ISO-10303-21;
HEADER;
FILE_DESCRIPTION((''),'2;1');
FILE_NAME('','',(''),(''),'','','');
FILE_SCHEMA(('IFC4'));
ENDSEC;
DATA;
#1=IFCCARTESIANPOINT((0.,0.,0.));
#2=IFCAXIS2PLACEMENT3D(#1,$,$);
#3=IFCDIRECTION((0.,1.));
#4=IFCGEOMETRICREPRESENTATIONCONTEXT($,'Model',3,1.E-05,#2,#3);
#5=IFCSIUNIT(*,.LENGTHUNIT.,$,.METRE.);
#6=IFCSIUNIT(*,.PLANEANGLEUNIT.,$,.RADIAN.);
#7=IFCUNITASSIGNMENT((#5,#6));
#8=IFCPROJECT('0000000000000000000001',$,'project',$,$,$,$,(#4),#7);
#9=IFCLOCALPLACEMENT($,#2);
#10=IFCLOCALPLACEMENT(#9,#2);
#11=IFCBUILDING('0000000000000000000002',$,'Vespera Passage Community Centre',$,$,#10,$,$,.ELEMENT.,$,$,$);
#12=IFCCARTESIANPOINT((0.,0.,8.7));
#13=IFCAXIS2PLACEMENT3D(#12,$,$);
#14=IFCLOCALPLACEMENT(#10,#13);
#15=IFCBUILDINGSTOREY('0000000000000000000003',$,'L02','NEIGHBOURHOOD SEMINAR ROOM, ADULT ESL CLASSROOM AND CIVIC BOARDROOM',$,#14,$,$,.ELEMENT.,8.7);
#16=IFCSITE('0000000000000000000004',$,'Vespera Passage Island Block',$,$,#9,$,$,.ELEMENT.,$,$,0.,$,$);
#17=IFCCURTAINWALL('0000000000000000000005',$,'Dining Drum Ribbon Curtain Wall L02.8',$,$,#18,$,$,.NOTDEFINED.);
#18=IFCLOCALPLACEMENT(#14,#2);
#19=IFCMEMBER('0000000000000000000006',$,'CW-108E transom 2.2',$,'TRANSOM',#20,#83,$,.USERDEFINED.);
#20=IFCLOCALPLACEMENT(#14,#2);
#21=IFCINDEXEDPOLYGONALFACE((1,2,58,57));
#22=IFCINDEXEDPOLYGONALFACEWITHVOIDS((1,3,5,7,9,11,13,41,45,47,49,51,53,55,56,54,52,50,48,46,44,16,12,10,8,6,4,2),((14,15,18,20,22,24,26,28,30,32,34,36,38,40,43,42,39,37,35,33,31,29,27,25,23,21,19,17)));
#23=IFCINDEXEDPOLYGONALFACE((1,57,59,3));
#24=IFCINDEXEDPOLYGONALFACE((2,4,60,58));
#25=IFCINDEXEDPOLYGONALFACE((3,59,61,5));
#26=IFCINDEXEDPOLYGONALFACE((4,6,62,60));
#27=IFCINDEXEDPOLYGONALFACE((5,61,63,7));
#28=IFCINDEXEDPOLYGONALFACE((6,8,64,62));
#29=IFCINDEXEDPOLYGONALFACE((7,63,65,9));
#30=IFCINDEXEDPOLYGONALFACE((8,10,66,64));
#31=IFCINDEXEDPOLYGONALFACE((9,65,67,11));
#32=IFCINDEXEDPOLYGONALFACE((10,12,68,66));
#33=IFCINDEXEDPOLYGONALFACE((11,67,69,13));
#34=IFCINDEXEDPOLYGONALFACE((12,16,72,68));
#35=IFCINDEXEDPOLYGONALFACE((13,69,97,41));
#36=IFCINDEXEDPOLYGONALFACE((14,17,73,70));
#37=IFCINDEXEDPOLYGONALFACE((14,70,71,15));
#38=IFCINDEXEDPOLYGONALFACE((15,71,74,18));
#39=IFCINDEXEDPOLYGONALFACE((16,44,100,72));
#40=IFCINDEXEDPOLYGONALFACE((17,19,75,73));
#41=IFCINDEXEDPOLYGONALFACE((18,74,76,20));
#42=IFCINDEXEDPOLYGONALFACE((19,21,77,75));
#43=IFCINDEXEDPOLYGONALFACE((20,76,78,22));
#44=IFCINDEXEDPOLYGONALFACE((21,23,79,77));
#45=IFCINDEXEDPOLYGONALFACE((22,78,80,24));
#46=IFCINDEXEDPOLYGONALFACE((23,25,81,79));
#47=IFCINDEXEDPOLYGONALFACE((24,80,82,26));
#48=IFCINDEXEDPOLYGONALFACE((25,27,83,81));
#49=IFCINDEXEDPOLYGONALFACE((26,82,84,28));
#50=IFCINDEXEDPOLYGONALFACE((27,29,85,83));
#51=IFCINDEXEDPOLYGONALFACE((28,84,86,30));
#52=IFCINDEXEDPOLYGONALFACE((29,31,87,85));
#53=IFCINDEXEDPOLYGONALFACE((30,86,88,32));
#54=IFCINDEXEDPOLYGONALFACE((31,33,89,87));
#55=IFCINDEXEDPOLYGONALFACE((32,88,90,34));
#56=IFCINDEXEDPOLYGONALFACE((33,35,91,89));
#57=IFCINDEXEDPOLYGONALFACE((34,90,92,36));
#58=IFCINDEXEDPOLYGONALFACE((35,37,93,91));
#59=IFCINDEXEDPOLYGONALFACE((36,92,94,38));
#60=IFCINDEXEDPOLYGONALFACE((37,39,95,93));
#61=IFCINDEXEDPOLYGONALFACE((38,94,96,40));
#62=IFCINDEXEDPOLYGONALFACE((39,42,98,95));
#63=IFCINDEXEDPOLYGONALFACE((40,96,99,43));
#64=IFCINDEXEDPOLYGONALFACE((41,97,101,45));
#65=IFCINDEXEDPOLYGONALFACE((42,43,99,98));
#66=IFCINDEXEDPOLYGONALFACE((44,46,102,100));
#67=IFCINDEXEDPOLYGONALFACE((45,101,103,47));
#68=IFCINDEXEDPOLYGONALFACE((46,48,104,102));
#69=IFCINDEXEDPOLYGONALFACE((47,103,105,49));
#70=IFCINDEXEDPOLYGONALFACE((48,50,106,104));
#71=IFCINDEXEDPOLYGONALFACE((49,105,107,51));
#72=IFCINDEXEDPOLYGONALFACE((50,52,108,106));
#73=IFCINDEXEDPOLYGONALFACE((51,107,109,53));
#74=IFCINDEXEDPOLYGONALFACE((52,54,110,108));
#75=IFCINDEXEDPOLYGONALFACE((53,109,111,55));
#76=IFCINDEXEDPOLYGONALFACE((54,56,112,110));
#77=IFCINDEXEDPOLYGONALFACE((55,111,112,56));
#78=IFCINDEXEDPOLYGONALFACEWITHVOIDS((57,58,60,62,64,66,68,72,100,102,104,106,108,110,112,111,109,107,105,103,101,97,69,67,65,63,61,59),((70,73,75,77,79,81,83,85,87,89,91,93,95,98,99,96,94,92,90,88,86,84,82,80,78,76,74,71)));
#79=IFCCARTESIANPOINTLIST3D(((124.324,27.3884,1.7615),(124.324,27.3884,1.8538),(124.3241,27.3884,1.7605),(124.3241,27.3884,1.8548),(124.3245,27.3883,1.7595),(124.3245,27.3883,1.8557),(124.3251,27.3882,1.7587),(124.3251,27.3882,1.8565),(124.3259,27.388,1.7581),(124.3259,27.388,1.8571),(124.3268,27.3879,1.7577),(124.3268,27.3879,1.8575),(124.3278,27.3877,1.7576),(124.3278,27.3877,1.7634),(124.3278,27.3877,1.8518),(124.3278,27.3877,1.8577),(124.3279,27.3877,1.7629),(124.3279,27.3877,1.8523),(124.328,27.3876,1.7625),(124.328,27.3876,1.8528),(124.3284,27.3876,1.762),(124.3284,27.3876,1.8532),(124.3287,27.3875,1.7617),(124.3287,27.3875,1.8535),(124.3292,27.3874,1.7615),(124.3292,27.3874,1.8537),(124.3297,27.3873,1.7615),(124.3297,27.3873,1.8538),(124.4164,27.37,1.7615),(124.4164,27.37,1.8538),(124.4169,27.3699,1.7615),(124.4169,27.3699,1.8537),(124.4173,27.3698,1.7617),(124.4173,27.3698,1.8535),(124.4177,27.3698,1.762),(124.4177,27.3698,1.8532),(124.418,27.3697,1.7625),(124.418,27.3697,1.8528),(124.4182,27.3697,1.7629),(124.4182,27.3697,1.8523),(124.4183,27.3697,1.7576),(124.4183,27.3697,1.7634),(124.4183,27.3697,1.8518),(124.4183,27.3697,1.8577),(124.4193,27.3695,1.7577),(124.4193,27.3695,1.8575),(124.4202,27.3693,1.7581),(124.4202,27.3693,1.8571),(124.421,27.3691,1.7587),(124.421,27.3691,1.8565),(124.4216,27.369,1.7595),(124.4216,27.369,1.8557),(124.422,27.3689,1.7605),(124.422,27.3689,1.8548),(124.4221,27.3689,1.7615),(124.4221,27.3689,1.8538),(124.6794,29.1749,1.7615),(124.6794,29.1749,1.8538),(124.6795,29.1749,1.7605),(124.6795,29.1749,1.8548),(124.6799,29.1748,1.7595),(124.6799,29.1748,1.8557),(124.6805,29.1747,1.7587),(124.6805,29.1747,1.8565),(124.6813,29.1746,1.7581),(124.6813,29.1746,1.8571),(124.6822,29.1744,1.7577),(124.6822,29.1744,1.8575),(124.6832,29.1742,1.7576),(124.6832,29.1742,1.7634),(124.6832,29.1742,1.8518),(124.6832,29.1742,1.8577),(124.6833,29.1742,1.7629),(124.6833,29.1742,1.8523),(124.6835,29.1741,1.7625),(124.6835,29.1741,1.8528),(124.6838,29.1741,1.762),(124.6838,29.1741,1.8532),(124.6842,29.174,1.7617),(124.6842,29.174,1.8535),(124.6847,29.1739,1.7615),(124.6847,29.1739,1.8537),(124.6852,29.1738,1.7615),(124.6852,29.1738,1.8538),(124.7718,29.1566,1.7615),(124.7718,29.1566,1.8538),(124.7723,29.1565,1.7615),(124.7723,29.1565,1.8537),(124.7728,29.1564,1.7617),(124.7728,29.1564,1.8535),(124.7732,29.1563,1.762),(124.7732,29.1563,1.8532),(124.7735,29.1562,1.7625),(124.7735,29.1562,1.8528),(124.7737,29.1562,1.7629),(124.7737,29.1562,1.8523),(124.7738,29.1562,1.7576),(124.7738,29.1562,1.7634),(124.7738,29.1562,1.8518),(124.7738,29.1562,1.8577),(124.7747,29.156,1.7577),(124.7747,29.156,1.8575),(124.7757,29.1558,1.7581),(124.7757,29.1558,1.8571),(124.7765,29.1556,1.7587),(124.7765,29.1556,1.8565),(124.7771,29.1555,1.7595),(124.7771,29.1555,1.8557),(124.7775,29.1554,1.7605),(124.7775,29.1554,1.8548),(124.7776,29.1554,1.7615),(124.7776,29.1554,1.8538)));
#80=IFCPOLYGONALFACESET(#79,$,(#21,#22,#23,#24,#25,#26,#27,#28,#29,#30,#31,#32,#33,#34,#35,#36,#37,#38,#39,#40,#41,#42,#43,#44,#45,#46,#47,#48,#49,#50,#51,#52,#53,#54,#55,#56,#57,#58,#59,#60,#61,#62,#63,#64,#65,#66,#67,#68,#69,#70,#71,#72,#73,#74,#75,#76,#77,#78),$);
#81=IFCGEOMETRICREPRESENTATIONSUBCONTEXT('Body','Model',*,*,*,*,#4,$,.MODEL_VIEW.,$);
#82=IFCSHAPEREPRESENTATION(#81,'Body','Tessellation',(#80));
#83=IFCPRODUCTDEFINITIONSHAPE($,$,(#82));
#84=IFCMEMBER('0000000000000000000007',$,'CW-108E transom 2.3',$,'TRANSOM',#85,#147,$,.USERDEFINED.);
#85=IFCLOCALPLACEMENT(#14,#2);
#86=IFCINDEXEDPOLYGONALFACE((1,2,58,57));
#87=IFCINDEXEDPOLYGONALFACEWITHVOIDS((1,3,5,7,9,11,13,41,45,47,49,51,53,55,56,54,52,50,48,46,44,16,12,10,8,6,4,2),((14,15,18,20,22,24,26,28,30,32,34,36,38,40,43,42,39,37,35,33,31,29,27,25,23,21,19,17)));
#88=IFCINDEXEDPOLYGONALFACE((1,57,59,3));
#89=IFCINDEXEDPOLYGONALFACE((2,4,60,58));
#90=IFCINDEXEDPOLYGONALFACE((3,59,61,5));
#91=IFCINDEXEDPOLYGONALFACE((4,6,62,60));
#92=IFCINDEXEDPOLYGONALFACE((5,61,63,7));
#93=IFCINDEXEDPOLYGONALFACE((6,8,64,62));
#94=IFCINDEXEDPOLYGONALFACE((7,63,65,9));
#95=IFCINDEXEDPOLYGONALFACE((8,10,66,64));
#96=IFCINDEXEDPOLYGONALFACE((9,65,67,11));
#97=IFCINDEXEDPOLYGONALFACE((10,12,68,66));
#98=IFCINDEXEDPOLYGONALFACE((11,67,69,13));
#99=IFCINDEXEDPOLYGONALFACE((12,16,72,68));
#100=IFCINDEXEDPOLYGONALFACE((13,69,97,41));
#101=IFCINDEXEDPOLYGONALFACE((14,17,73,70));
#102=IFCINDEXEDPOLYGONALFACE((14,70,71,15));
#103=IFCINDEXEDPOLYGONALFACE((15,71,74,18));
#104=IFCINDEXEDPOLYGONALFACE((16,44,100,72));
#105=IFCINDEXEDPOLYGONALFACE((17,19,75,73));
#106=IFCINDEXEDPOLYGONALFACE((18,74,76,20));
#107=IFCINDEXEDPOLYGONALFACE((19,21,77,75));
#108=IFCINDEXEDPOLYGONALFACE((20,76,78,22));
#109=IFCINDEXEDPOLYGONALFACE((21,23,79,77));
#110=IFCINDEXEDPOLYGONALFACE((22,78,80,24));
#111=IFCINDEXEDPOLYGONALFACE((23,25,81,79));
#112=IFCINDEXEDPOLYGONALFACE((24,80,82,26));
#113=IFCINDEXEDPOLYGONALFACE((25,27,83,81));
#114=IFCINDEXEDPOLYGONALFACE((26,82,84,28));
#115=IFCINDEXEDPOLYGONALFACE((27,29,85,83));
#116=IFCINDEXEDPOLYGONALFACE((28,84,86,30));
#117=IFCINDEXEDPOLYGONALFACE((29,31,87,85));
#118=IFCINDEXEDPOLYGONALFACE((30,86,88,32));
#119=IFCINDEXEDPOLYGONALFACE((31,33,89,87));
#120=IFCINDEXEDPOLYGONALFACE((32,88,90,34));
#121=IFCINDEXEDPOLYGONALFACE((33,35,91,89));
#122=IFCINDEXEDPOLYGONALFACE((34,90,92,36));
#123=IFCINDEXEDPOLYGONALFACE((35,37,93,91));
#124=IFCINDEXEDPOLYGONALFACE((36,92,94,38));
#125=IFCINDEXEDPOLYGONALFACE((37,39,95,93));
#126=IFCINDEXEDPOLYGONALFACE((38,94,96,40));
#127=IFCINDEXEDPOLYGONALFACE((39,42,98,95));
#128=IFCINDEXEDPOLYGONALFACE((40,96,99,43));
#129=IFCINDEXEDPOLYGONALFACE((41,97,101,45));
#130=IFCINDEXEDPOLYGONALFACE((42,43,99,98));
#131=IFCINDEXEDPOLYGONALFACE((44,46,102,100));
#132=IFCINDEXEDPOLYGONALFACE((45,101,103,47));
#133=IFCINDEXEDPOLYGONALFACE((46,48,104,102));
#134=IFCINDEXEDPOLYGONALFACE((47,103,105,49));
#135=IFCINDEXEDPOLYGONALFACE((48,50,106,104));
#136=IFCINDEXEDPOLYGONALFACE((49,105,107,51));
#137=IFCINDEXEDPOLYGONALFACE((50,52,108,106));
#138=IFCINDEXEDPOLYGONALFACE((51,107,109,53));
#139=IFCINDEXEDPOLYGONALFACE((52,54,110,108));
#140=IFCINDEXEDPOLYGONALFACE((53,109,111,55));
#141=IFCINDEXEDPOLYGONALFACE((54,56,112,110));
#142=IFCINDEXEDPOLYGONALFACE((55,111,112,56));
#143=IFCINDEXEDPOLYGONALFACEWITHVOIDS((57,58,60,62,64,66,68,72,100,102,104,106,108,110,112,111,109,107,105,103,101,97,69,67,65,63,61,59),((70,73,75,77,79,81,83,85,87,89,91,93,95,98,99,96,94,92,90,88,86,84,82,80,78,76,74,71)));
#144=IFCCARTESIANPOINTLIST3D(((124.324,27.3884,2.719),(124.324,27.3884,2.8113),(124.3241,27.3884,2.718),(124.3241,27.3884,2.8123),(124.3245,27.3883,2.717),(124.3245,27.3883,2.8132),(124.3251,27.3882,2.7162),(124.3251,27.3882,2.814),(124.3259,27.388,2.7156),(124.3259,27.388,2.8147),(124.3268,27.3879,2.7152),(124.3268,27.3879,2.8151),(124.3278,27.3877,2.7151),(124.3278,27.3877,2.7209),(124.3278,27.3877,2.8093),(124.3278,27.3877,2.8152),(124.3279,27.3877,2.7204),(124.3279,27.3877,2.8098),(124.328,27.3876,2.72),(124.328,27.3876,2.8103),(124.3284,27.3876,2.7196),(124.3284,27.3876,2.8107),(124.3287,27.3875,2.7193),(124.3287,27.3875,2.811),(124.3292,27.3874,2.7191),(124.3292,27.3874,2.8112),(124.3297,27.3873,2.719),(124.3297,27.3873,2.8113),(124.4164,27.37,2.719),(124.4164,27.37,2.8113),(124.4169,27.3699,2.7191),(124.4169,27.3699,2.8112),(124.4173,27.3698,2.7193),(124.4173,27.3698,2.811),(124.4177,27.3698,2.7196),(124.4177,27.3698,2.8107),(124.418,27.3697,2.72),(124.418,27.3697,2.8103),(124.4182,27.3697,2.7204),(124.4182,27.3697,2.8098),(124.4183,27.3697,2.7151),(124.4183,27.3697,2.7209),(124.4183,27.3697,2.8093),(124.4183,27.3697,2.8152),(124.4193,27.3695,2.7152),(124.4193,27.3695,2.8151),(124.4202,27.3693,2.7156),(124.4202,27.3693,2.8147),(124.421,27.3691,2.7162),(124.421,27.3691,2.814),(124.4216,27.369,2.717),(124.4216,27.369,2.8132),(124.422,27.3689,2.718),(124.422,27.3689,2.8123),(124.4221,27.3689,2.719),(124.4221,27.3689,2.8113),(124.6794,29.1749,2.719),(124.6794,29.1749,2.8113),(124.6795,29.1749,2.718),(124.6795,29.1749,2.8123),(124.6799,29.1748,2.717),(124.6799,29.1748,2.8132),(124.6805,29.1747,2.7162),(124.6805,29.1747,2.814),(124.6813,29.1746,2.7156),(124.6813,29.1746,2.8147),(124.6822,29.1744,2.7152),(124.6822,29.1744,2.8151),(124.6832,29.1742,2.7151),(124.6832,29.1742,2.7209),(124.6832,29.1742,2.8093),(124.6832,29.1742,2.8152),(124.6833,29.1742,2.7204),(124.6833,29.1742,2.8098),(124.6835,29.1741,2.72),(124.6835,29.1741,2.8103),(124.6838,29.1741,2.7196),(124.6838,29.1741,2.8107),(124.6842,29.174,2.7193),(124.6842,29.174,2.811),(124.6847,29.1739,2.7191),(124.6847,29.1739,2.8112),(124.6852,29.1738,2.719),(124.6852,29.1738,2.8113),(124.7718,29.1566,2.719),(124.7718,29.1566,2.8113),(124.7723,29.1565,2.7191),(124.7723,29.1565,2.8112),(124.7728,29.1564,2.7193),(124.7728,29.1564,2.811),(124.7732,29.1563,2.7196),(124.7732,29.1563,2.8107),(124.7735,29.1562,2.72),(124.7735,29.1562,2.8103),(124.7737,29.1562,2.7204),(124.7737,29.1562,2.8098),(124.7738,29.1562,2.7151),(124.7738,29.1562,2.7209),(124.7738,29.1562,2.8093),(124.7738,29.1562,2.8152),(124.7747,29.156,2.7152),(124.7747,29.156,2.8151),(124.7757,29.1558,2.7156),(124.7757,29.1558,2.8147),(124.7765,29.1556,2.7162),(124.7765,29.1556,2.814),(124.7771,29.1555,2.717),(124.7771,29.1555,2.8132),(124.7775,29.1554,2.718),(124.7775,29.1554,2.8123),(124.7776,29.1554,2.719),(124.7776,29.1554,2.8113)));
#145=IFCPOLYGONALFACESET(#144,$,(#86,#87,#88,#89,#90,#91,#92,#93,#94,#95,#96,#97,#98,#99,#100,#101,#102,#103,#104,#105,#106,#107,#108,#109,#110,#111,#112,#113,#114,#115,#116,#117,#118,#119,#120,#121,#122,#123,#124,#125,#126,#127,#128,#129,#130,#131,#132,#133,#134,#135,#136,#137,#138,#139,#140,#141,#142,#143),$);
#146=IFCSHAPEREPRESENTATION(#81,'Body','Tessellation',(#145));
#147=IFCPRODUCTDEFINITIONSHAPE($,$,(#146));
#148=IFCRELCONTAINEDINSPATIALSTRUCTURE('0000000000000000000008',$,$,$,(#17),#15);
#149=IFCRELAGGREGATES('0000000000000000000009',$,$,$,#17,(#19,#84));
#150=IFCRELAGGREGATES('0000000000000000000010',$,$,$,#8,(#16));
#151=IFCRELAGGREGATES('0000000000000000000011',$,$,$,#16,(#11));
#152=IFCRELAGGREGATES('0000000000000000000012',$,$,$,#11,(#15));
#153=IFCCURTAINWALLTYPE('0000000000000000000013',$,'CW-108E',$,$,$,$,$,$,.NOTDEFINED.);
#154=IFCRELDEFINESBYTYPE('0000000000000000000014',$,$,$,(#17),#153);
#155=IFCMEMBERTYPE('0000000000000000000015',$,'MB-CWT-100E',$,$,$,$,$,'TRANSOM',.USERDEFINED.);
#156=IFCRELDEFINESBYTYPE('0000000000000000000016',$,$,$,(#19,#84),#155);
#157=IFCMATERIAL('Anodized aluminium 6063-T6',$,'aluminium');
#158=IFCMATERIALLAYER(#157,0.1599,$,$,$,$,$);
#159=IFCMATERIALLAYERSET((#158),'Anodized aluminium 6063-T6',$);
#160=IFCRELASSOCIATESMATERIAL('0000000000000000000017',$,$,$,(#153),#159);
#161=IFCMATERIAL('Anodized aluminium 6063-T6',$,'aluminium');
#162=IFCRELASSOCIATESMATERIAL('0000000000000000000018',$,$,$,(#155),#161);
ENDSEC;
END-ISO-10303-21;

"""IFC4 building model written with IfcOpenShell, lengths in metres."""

from ifc_helpers import new_model, si_unit, direction, frame, origin, origin_2d, place, context, subcontext, project, spatial, hollow_rectangle, extrude, material, layer, layer_set, material_profile, profile_set, type_object, element, aggregate, save


model = new_model("IFC4")

# Units and contexts
model_context = context("Model", 3, precision=1e-05, world=origin(), true_north=direction((0.0, 1.0)))
body_context = subcontext(model_context, "Body", "Model", "MODEL_VIEW")
ifc_project = project(units=[si_unit("LENGTHUNIT", "METRE"), si_unit("PLANEANGLEUNIT", "RADIAN")], contexts=[model_context])

# Site, building, storey
site_placement = place(None, origin())
site = spatial("IfcSite", under=ifc_project, at=site_placement, Name="Vespera Passage Island Block", CompositionType="ELEMENT", RefElevation=0.0)
building_placement = place(site_placement, origin())
building = spatial("IfcBuilding", under=site, at=building_placement, Name="Vespera Passage Community Centre", CompositionType="ELEMENT")
storey_placement = place(building_placement, frame((0.0, 0.0, 8.7)))
storey = spatial("IfcBuildingStorey", under=building, at=storey_placement, Name="L02", Description="NEIGHBOURHOOD SEMINAR ROOM, ADULT ESL CLASSROOM AND CIVIC BOARDROOM", CompositionType="ELEMENT", Elevation=8.7)

# Curtain wall, members
ifc_material_1 = material(Name="Anodized aluminium 6063-T6", Category="aluminium")
ifc_layer_1 = layer(ifc_material_1, 0.1599)
ifc_layer_set_1 = layer_set([ifc_layer_1], Name="Anodized aluminium 6063-T6")
curtain_wall_type = type_object("IfcCurtainWallType", Name="CW-108E", PredefinedType="NOTDEFINED", material=ifc_layer_set_1)
curtain_wall_placement = place(storey_placement, origin())
curtain_wall = element("IfcCurtainWall", 1, at=curtain_wall_placement, inside=storey, type_object=curtain_wall_type, Name="Dining Drum Ribbon Curtain Wall L02.8", PredefinedType="NOTDEFINED")
ifc_material_2 = material(Name="Anodized aluminium 6063-T6", Category="aluminium")
ifc_material_profile_1 = material_profile(ifc_material_2, hollow_rectangle(XDim=0.1001, YDim=0.1001, WallThickness=0.0039, InnerFilletRadius=0.002, OuterFilletRadius=0.0039, at=origin_2d()), Name="ALU100X100X4")
ifc_profile_set_1 = profile_set([ifc_material_profile_1], Name="Anodized aluminium 6063-T6")
member_type_1 = type_object("IfcMemberType", Name="MB-CWT-100E", ElementType="TRANSOM", PredefinedType="USERDEFINED", material=ifc_profile_set_1)
member_1_placement = place(storey_placement, frame((124.373, 27.3787, 1.8076), z_axis=(0.195137, 0.980776, 0.0), x_axis=(-0.980776, 0.195137, 0.0)))
member_1 = element("IfcMember", 2, at=member_1_placement, type_object=member_type_1, Name="CW-108E transom 2.2", ObjectType="TRANSOM", PredefinedType="USERDEFINED", context=body_context, shape_type="SweptSolid", body=[
    extrude(hollow_rectangle(XDim=0.1001, YDim=0.1001, WallThickness=0.0039, InnerFilletRadius=0.002, OuterFilletRadius=0.0039, at=origin_2d()), origin(), (0.0, 0.0, 1.0), 1.8215),
])
member_2_placement = place(storey_placement, frame((124.373, 27.3787, 2.7651), z_axis=(0.195137, 0.980776, 0.0), x_axis=(-0.980776, 0.195137, 0.0)))
member_2 = element("IfcMember", 3, at=member_2_placement, type_object=member_type_1, Name="CW-108E transom 2.3", ObjectType="TRANSOM", PredefinedType="USERDEFINED", context=body_context, shape_type="SweptSolid", body=[
    extrude(hollow_rectangle(XDim=0.1001, YDim=0.1001, WallThickness=0.0039, InnerFilletRadius=0.002, OuterFilletRadius=0.0039, at=origin_2d()), origin(), (0.0, 0.0, 1.0), 1.8215),
])

aggregate(curtain_wall, [member_1, member_2])

save(model, "model.ifc")
